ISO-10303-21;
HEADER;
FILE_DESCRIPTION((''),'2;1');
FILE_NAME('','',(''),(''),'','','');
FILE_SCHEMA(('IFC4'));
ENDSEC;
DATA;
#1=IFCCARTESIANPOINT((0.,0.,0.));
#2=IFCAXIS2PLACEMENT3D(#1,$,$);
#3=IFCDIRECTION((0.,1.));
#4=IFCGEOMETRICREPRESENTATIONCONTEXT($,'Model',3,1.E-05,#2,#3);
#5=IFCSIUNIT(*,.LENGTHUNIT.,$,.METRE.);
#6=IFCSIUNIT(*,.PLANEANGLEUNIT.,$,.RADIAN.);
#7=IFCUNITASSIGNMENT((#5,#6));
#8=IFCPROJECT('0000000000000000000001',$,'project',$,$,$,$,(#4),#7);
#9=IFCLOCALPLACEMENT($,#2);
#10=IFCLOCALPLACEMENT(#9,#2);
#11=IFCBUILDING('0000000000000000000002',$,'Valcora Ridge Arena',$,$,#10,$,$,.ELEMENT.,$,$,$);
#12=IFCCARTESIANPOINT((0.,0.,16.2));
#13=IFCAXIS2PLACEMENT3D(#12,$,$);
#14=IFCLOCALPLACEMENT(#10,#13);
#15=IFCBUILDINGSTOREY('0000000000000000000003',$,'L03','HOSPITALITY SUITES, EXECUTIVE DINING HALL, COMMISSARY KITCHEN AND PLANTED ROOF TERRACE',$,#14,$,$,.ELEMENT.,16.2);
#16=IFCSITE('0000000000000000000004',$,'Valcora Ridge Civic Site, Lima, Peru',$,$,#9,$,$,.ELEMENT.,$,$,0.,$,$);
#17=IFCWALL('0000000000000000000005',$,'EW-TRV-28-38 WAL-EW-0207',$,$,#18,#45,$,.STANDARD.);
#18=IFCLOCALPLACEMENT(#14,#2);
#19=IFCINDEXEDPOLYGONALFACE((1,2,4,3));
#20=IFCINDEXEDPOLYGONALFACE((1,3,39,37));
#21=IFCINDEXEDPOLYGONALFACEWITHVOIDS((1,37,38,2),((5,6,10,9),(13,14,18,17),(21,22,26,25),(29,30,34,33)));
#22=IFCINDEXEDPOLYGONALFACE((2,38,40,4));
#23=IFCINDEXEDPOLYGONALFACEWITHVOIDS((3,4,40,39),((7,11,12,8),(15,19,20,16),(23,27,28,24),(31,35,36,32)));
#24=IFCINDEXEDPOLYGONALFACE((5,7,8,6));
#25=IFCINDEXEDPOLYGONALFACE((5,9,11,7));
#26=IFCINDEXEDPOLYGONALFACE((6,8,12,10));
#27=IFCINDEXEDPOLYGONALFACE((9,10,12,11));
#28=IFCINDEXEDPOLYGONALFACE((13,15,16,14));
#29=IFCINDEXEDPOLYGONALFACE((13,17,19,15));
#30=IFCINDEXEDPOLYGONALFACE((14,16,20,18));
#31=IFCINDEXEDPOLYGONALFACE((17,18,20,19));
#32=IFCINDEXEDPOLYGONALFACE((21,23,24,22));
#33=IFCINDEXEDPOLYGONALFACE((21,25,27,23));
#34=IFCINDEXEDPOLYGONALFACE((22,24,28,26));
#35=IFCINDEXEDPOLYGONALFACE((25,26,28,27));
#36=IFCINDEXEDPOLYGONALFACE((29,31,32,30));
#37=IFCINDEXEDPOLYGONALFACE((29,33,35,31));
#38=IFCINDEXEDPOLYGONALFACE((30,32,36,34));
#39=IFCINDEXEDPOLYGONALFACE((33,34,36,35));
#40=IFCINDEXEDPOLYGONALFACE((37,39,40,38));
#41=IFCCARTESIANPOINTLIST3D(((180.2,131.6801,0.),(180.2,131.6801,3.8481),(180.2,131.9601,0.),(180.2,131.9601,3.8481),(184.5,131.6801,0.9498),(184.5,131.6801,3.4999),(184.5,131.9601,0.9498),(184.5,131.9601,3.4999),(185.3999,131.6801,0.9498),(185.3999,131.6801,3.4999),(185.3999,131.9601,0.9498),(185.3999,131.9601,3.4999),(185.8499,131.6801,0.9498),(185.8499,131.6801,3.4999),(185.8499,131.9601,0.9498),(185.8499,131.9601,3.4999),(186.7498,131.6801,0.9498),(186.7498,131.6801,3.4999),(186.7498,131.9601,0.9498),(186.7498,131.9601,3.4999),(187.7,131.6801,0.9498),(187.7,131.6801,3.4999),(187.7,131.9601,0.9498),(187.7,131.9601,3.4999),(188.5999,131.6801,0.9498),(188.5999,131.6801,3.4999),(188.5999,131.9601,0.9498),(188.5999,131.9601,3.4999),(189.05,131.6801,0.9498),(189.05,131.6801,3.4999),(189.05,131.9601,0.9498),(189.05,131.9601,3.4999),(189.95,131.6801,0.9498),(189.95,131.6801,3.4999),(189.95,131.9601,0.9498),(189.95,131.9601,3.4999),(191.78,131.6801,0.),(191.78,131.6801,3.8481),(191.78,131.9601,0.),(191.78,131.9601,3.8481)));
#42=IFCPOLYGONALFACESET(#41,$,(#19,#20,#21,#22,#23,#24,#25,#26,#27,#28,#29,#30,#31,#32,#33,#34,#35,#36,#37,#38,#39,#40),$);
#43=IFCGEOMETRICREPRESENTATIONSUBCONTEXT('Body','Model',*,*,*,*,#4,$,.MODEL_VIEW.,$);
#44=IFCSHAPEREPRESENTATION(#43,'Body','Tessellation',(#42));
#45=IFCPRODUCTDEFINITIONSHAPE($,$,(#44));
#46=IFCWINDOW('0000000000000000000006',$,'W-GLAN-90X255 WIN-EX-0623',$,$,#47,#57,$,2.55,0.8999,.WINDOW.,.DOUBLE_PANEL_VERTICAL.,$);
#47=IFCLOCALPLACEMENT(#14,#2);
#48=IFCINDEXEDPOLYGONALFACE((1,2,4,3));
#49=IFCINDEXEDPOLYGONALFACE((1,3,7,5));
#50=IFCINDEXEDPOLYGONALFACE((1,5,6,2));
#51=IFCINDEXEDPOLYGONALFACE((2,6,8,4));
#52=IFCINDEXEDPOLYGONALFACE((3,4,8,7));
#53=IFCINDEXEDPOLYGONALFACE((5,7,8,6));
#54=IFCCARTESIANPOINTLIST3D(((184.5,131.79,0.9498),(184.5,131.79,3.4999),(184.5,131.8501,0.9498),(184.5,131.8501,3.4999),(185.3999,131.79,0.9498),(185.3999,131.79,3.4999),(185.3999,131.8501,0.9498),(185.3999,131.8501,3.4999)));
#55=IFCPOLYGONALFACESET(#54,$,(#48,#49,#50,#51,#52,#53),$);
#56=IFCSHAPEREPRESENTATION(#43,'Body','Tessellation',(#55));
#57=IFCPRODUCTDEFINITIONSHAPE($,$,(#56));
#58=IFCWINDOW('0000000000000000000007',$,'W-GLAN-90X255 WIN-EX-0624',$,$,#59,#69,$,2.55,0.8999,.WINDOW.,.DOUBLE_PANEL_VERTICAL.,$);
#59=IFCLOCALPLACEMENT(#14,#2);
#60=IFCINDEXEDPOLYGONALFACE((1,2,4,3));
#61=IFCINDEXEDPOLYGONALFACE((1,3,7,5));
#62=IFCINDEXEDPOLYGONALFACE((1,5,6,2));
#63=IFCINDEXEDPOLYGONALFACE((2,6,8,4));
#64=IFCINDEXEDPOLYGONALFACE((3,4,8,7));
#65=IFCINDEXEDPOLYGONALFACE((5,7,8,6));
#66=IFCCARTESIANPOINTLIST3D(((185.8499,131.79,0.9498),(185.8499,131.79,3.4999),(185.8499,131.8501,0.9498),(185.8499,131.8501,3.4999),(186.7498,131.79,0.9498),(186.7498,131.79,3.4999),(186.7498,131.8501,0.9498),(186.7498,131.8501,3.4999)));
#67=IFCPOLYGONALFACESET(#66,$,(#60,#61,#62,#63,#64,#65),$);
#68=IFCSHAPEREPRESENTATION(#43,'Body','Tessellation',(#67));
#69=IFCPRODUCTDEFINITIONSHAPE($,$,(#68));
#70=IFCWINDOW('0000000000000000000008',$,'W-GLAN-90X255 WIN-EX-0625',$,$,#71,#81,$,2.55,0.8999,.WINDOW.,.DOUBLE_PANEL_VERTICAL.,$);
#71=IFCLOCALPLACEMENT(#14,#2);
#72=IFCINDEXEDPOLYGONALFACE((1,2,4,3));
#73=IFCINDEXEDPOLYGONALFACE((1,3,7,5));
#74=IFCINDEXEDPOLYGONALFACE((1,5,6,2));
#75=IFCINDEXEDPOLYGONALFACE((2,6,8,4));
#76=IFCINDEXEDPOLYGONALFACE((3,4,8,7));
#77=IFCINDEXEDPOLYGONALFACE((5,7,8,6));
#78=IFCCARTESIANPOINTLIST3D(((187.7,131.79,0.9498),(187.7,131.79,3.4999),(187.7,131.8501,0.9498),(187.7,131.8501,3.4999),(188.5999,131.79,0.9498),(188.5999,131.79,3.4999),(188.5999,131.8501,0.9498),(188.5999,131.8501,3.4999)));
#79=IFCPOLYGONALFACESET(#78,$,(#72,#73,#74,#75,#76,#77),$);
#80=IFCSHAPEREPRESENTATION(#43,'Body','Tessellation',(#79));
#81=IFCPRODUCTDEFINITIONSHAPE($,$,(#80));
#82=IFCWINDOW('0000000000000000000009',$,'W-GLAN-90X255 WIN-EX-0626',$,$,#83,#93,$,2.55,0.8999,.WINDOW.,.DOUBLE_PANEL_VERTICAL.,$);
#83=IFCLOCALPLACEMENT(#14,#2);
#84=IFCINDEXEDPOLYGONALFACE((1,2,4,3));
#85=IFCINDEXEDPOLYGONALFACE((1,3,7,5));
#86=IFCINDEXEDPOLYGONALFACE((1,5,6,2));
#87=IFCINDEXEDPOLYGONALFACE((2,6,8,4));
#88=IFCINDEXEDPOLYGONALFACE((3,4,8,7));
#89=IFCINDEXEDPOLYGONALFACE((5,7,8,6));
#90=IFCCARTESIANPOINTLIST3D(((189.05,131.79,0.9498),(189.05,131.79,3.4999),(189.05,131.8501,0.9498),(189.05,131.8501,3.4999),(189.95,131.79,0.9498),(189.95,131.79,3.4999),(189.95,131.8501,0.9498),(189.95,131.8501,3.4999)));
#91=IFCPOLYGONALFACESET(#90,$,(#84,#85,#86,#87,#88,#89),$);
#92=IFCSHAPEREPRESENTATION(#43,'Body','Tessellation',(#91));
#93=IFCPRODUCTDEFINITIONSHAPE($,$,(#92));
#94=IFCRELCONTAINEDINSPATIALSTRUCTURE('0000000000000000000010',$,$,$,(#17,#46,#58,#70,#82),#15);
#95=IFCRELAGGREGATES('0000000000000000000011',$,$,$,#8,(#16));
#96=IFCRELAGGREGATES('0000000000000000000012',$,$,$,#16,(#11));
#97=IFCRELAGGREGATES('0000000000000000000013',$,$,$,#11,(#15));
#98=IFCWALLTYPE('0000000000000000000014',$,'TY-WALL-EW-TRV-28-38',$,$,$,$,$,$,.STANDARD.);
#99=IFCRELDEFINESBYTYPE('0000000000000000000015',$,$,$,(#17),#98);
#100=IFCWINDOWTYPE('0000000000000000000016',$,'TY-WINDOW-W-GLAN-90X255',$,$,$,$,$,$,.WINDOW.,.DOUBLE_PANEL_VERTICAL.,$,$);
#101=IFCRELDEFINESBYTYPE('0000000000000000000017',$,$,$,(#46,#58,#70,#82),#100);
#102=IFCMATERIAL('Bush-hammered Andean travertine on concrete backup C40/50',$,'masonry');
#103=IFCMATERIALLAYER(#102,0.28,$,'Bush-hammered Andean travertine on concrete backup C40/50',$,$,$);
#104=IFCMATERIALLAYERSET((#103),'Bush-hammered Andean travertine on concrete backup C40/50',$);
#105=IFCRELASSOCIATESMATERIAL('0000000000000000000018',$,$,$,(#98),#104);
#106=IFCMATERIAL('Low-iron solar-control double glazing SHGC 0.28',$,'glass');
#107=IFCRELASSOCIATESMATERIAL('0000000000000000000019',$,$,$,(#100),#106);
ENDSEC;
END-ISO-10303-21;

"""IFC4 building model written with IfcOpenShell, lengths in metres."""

from ifc_helpers import new_model, si_unit, direction, frame, frame_2d, origin, place, context, subcontext, project, spatial, rectangle, extrude, material, layer, layer_set, type_object, element, fill, save


model = new_model("IFC4")

# Units and contexts
model_context = context("Model", 3, precision=1e-05, world=origin(), true_north=direction((0.0, 1.0)))
body_context = subcontext(model_context, "Body", "Model", "MODEL_VIEW")
ifc_project = project(units=[si_unit("LENGTHUNIT", "METRE"), si_unit("PLANEANGLEUNIT", "RADIAN")], contexts=[model_context])

# Site, building, storey
site_placement = place(None, origin())
site = spatial("IfcSite", under=ifc_project, at=site_placement, Name="Valcora Ridge Civic Site, Lima, Peru", CompositionType="ELEMENT", RefElevation=0.0)
building_placement = place(site_placement, origin())
building = spatial("IfcBuilding", under=site, at=building_placement, Name="Valcora Ridge Arena", CompositionType="ELEMENT")
storey_placement = place(building_placement, frame((0.0, 0.0, 16.2)))
storey = spatial("IfcBuildingStorey", under=building, at=storey_placement, Name="L03", Description="HOSPITALITY SUITES, EXECUTIVE DINING HALL, COMMISSARY KITCHEN AND PLANTED ROOF TERRACE", CompositionType="ELEMENT", Elevation=16.2)

# Wall, openings, windows
ifc_material_1 = material(Name="Bush-hammered Andean travertine on concrete backup C40/50", Category="masonry")
ifc_layer = layer(ifc_material_1, 0.28, Name="Bush-hammered Andean travertine on concrete backup C40/50")
ifc_layer_set = layer_set([ifc_layer], Name="Bush-hammered Andean travertine on concrete backup C40/50")
wall_type = type_object("IfcWallType", Name="TY-WALL-EW-TRV-28-38", PredefinedType="STANDARD", material=ifc_layer_set)
wall_1_placement = place(storey_placement, frame((180.2, 131.8201, 0.0), z_axis=(0.0, 0.0, 1.0), x_axis=(1.0, 0.0, 0.0)))
wall_1 = element("IfcWall", 1, at=wall_1_placement, inside=storey, type_object=wall_type, Name="EW-TRV-28-38 WAL-EW-0207", PredefinedType="STANDARD", context=body_context, shape_type="SweptSolid", body=[
    extrude(rectangle(XDim=11.5801, YDim=0.28, at=frame_2d((5.79, 0.0))), origin(), (0.0, 0.0, 1.0), 3.8481),
])
opening_1_placement = place(wall_1_placement, frame((4.3, 0.0, 0.95)))
opening_1 = element("IfcOpeningElement", 2, at=opening_1_placement, cuts=wall_1, PredefinedType="OPENING", context=body_context, shape_type="SweptSolid", body=[
    extrude(rectangle(XDim=0.8999, YDim=2.55, at=frame_2d((0.45, 1.2749))), frame((0.0, 0.1499, 0.0), z_axis=(0.0, -1.0, 0.0), x_axis=(1.0, 0.0, 0.0)), (0.0, 0.0, 1.0), 0.3),
])
opening_2_placement = place(wall_1_placement, frame((5.6499, 0.0, 0.95)))
opening_2 = element("IfcOpeningElement", 3, at=opening_2_placement, cuts=wall_1, PredefinedType="OPENING", context=body_context, shape_type="SweptSolid", body=[
    extrude(rectangle(XDim=0.8999, YDim=2.55, at=frame_2d((0.45, 1.2749))), frame((0.0, 0.1499, 0.0), z_axis=(0.0, -1.0, 0.0), x_axis=(1.0, 0.0, 0.0)), (0.0, 0.0, 1.0), 0.3),
])
opening_3_placement = place(wall_1_placement, frame((7.5, 0.0, 0.95)))
opening_3 = element("IfcOpeningElement", 4, at=opening_3_placement, cuts=wall_1, PredefinedType="OPENING", context=body_context, shape_type="SweptSolid", body=[
    extrude(rectangle(XDim=0.8999, YDim=2.55, at=frame_2d((0.45, 1.2749))), frame((0.0, 0.1499, 0.0), z_axis=(0.0, -1.0, 0.0), x_axis=(1.0, 0.0, 0.0)), (0.0, 0.0, 1.0), 0.3),
])
opening_4_placement = place(wall_1_placement, frame((8.8501, 0.0, 0.95)))
opening_4 = element("IfcOpeningElement", 5, at=opening_4_placement, cuts=wall_1, PredefinedType="OPENING", context=body_context, shape_type="SweptSolid", body=[
    extrude(rectangle(XDim=0.8999, YDim=2.55, at=frame_2d((0.45, 1.2749))), frame((0.0, 0.1499, 0.0), z_axis=(0.0, -1.0, 0.0), x_axis=(1.0, 0.0, 0.0)), (0.0, 0.0, 1.0), 0.3),
])
ifc_material_2 = material(Name="Low-iron solar-control double glazing SHGC 0.28", Category="glass")
window_type = type_object("IfcWindowType", Name="TY-WINDOW-W-GLAN-90X255", PartitioningType="DOUBLE_PANEL_VERTICAL", PredefinedType="WINDOW", material=ifc_material_2)
window_1_placement = place(opening_1_placement, origin())
window_1 = element("IfcWindow", 6, at=window_1_placement, inside=storey, type_object=window_type, Name="W-GLAN-90X255 WIN-EX-0623", OverallHeight=2.55, OverallWidth=0.8999, PartitioningType="DOUBLE_PANEL_VERTICAL", PredefinedType="WINDOW", context=body_context, shape_type="SweptSolid", body=[
    extrude(rectangle(XDim=0.8999, YDim=2.55, at=frame_2d((0.45, 1.2749))), frame((0.0, 0.03, 0.0), z_axis=(0.0, -1.0, 0.0), x_axis=(1.0, 0.0, 0.0)), (0.0, 0.0, 1.0), 0.0601),
])
fill(opening_1, window_1)
window_2_placement = place(opening_2_placement, origin())
window_2 = element("IfcWindow", 7, at=window_2_placement, inside=storey, type_object=window_type, Name="W-GLAN-90X255 WIN-EX-0624", OverallHeight=2.55, OverallWidth=0.8999, PartitioningType="DOUBLE_PANEL_VERTICAL", PredefinedType="WINDOW", context=body_context, shape_type="SweptSolid", body=[
    extrude(rectangle(XDim=0.8999, YDim=2.55, at=frame_2d((0.45, 1.2749))), frame((0.0, 0.03, 0.0), z_axis=(0.0, -1.0, 0.0), x_axis=(1.0, 0.0, 0.0)), (0.0, 0.0, 1.0), 0.0601),
])
fill(opening_2, window_2)
window_3_placement = place(opening_3_placement, origin())
window_3 = element("IfcWindow", 8, at=window_3_placement, inside=storey, type_object=window_type, Name="W-GLAN-90X255 WIN-EX-0625", OverallHeight=2.55, OverallWidth=0.8999, PartitioningType="DOUBLE_PANEL_VERTICAL", PredefinedType="WINDOW", context=body_context, shape_type="SweptSolid", body=[
    extrude(rectangle(XDim=0.8999, YDim=2.55, at=frame_2d((0.45, 1.2749))), frame((0.0, 0.03, 0.0), z_axis=(0.0, -1.0, 0.0), x_axis=(1.0, 0.0, 0.0)), (0.0, 0.0, 1.0), 0.0601),
])
fill(opening_3, window_3)
window_4_placement = place(opening_4_placement, origin())
window_4 = element("IfcWindow", 9, at=window_4_placement, inside=storey, type_object=window_type, Name="W-GLAN-90X255 WIN-EX-0626", OverallHeight=2.55, OverallWidth=0.8999, PartitioningType="DOUBLE_PANEL_VERTICAL", PredefinedType="WINDOW", context=body_context, shape_type="SweptSolid", body=[
    extrude(rectangle(XDim=0.8999, YDim=2.55, at=frame_2d((0.45, 1.2749))), frame((0.0, 0.03, 0.0), z_axis=(0.0, -1.0, 0.0), x_axis=(1.0, 0.0, 0.0)), (0.0, 0.0, 1.0), 0.0601),
])
fill(opening_4, window_4)

save(model, "model.ifc")
